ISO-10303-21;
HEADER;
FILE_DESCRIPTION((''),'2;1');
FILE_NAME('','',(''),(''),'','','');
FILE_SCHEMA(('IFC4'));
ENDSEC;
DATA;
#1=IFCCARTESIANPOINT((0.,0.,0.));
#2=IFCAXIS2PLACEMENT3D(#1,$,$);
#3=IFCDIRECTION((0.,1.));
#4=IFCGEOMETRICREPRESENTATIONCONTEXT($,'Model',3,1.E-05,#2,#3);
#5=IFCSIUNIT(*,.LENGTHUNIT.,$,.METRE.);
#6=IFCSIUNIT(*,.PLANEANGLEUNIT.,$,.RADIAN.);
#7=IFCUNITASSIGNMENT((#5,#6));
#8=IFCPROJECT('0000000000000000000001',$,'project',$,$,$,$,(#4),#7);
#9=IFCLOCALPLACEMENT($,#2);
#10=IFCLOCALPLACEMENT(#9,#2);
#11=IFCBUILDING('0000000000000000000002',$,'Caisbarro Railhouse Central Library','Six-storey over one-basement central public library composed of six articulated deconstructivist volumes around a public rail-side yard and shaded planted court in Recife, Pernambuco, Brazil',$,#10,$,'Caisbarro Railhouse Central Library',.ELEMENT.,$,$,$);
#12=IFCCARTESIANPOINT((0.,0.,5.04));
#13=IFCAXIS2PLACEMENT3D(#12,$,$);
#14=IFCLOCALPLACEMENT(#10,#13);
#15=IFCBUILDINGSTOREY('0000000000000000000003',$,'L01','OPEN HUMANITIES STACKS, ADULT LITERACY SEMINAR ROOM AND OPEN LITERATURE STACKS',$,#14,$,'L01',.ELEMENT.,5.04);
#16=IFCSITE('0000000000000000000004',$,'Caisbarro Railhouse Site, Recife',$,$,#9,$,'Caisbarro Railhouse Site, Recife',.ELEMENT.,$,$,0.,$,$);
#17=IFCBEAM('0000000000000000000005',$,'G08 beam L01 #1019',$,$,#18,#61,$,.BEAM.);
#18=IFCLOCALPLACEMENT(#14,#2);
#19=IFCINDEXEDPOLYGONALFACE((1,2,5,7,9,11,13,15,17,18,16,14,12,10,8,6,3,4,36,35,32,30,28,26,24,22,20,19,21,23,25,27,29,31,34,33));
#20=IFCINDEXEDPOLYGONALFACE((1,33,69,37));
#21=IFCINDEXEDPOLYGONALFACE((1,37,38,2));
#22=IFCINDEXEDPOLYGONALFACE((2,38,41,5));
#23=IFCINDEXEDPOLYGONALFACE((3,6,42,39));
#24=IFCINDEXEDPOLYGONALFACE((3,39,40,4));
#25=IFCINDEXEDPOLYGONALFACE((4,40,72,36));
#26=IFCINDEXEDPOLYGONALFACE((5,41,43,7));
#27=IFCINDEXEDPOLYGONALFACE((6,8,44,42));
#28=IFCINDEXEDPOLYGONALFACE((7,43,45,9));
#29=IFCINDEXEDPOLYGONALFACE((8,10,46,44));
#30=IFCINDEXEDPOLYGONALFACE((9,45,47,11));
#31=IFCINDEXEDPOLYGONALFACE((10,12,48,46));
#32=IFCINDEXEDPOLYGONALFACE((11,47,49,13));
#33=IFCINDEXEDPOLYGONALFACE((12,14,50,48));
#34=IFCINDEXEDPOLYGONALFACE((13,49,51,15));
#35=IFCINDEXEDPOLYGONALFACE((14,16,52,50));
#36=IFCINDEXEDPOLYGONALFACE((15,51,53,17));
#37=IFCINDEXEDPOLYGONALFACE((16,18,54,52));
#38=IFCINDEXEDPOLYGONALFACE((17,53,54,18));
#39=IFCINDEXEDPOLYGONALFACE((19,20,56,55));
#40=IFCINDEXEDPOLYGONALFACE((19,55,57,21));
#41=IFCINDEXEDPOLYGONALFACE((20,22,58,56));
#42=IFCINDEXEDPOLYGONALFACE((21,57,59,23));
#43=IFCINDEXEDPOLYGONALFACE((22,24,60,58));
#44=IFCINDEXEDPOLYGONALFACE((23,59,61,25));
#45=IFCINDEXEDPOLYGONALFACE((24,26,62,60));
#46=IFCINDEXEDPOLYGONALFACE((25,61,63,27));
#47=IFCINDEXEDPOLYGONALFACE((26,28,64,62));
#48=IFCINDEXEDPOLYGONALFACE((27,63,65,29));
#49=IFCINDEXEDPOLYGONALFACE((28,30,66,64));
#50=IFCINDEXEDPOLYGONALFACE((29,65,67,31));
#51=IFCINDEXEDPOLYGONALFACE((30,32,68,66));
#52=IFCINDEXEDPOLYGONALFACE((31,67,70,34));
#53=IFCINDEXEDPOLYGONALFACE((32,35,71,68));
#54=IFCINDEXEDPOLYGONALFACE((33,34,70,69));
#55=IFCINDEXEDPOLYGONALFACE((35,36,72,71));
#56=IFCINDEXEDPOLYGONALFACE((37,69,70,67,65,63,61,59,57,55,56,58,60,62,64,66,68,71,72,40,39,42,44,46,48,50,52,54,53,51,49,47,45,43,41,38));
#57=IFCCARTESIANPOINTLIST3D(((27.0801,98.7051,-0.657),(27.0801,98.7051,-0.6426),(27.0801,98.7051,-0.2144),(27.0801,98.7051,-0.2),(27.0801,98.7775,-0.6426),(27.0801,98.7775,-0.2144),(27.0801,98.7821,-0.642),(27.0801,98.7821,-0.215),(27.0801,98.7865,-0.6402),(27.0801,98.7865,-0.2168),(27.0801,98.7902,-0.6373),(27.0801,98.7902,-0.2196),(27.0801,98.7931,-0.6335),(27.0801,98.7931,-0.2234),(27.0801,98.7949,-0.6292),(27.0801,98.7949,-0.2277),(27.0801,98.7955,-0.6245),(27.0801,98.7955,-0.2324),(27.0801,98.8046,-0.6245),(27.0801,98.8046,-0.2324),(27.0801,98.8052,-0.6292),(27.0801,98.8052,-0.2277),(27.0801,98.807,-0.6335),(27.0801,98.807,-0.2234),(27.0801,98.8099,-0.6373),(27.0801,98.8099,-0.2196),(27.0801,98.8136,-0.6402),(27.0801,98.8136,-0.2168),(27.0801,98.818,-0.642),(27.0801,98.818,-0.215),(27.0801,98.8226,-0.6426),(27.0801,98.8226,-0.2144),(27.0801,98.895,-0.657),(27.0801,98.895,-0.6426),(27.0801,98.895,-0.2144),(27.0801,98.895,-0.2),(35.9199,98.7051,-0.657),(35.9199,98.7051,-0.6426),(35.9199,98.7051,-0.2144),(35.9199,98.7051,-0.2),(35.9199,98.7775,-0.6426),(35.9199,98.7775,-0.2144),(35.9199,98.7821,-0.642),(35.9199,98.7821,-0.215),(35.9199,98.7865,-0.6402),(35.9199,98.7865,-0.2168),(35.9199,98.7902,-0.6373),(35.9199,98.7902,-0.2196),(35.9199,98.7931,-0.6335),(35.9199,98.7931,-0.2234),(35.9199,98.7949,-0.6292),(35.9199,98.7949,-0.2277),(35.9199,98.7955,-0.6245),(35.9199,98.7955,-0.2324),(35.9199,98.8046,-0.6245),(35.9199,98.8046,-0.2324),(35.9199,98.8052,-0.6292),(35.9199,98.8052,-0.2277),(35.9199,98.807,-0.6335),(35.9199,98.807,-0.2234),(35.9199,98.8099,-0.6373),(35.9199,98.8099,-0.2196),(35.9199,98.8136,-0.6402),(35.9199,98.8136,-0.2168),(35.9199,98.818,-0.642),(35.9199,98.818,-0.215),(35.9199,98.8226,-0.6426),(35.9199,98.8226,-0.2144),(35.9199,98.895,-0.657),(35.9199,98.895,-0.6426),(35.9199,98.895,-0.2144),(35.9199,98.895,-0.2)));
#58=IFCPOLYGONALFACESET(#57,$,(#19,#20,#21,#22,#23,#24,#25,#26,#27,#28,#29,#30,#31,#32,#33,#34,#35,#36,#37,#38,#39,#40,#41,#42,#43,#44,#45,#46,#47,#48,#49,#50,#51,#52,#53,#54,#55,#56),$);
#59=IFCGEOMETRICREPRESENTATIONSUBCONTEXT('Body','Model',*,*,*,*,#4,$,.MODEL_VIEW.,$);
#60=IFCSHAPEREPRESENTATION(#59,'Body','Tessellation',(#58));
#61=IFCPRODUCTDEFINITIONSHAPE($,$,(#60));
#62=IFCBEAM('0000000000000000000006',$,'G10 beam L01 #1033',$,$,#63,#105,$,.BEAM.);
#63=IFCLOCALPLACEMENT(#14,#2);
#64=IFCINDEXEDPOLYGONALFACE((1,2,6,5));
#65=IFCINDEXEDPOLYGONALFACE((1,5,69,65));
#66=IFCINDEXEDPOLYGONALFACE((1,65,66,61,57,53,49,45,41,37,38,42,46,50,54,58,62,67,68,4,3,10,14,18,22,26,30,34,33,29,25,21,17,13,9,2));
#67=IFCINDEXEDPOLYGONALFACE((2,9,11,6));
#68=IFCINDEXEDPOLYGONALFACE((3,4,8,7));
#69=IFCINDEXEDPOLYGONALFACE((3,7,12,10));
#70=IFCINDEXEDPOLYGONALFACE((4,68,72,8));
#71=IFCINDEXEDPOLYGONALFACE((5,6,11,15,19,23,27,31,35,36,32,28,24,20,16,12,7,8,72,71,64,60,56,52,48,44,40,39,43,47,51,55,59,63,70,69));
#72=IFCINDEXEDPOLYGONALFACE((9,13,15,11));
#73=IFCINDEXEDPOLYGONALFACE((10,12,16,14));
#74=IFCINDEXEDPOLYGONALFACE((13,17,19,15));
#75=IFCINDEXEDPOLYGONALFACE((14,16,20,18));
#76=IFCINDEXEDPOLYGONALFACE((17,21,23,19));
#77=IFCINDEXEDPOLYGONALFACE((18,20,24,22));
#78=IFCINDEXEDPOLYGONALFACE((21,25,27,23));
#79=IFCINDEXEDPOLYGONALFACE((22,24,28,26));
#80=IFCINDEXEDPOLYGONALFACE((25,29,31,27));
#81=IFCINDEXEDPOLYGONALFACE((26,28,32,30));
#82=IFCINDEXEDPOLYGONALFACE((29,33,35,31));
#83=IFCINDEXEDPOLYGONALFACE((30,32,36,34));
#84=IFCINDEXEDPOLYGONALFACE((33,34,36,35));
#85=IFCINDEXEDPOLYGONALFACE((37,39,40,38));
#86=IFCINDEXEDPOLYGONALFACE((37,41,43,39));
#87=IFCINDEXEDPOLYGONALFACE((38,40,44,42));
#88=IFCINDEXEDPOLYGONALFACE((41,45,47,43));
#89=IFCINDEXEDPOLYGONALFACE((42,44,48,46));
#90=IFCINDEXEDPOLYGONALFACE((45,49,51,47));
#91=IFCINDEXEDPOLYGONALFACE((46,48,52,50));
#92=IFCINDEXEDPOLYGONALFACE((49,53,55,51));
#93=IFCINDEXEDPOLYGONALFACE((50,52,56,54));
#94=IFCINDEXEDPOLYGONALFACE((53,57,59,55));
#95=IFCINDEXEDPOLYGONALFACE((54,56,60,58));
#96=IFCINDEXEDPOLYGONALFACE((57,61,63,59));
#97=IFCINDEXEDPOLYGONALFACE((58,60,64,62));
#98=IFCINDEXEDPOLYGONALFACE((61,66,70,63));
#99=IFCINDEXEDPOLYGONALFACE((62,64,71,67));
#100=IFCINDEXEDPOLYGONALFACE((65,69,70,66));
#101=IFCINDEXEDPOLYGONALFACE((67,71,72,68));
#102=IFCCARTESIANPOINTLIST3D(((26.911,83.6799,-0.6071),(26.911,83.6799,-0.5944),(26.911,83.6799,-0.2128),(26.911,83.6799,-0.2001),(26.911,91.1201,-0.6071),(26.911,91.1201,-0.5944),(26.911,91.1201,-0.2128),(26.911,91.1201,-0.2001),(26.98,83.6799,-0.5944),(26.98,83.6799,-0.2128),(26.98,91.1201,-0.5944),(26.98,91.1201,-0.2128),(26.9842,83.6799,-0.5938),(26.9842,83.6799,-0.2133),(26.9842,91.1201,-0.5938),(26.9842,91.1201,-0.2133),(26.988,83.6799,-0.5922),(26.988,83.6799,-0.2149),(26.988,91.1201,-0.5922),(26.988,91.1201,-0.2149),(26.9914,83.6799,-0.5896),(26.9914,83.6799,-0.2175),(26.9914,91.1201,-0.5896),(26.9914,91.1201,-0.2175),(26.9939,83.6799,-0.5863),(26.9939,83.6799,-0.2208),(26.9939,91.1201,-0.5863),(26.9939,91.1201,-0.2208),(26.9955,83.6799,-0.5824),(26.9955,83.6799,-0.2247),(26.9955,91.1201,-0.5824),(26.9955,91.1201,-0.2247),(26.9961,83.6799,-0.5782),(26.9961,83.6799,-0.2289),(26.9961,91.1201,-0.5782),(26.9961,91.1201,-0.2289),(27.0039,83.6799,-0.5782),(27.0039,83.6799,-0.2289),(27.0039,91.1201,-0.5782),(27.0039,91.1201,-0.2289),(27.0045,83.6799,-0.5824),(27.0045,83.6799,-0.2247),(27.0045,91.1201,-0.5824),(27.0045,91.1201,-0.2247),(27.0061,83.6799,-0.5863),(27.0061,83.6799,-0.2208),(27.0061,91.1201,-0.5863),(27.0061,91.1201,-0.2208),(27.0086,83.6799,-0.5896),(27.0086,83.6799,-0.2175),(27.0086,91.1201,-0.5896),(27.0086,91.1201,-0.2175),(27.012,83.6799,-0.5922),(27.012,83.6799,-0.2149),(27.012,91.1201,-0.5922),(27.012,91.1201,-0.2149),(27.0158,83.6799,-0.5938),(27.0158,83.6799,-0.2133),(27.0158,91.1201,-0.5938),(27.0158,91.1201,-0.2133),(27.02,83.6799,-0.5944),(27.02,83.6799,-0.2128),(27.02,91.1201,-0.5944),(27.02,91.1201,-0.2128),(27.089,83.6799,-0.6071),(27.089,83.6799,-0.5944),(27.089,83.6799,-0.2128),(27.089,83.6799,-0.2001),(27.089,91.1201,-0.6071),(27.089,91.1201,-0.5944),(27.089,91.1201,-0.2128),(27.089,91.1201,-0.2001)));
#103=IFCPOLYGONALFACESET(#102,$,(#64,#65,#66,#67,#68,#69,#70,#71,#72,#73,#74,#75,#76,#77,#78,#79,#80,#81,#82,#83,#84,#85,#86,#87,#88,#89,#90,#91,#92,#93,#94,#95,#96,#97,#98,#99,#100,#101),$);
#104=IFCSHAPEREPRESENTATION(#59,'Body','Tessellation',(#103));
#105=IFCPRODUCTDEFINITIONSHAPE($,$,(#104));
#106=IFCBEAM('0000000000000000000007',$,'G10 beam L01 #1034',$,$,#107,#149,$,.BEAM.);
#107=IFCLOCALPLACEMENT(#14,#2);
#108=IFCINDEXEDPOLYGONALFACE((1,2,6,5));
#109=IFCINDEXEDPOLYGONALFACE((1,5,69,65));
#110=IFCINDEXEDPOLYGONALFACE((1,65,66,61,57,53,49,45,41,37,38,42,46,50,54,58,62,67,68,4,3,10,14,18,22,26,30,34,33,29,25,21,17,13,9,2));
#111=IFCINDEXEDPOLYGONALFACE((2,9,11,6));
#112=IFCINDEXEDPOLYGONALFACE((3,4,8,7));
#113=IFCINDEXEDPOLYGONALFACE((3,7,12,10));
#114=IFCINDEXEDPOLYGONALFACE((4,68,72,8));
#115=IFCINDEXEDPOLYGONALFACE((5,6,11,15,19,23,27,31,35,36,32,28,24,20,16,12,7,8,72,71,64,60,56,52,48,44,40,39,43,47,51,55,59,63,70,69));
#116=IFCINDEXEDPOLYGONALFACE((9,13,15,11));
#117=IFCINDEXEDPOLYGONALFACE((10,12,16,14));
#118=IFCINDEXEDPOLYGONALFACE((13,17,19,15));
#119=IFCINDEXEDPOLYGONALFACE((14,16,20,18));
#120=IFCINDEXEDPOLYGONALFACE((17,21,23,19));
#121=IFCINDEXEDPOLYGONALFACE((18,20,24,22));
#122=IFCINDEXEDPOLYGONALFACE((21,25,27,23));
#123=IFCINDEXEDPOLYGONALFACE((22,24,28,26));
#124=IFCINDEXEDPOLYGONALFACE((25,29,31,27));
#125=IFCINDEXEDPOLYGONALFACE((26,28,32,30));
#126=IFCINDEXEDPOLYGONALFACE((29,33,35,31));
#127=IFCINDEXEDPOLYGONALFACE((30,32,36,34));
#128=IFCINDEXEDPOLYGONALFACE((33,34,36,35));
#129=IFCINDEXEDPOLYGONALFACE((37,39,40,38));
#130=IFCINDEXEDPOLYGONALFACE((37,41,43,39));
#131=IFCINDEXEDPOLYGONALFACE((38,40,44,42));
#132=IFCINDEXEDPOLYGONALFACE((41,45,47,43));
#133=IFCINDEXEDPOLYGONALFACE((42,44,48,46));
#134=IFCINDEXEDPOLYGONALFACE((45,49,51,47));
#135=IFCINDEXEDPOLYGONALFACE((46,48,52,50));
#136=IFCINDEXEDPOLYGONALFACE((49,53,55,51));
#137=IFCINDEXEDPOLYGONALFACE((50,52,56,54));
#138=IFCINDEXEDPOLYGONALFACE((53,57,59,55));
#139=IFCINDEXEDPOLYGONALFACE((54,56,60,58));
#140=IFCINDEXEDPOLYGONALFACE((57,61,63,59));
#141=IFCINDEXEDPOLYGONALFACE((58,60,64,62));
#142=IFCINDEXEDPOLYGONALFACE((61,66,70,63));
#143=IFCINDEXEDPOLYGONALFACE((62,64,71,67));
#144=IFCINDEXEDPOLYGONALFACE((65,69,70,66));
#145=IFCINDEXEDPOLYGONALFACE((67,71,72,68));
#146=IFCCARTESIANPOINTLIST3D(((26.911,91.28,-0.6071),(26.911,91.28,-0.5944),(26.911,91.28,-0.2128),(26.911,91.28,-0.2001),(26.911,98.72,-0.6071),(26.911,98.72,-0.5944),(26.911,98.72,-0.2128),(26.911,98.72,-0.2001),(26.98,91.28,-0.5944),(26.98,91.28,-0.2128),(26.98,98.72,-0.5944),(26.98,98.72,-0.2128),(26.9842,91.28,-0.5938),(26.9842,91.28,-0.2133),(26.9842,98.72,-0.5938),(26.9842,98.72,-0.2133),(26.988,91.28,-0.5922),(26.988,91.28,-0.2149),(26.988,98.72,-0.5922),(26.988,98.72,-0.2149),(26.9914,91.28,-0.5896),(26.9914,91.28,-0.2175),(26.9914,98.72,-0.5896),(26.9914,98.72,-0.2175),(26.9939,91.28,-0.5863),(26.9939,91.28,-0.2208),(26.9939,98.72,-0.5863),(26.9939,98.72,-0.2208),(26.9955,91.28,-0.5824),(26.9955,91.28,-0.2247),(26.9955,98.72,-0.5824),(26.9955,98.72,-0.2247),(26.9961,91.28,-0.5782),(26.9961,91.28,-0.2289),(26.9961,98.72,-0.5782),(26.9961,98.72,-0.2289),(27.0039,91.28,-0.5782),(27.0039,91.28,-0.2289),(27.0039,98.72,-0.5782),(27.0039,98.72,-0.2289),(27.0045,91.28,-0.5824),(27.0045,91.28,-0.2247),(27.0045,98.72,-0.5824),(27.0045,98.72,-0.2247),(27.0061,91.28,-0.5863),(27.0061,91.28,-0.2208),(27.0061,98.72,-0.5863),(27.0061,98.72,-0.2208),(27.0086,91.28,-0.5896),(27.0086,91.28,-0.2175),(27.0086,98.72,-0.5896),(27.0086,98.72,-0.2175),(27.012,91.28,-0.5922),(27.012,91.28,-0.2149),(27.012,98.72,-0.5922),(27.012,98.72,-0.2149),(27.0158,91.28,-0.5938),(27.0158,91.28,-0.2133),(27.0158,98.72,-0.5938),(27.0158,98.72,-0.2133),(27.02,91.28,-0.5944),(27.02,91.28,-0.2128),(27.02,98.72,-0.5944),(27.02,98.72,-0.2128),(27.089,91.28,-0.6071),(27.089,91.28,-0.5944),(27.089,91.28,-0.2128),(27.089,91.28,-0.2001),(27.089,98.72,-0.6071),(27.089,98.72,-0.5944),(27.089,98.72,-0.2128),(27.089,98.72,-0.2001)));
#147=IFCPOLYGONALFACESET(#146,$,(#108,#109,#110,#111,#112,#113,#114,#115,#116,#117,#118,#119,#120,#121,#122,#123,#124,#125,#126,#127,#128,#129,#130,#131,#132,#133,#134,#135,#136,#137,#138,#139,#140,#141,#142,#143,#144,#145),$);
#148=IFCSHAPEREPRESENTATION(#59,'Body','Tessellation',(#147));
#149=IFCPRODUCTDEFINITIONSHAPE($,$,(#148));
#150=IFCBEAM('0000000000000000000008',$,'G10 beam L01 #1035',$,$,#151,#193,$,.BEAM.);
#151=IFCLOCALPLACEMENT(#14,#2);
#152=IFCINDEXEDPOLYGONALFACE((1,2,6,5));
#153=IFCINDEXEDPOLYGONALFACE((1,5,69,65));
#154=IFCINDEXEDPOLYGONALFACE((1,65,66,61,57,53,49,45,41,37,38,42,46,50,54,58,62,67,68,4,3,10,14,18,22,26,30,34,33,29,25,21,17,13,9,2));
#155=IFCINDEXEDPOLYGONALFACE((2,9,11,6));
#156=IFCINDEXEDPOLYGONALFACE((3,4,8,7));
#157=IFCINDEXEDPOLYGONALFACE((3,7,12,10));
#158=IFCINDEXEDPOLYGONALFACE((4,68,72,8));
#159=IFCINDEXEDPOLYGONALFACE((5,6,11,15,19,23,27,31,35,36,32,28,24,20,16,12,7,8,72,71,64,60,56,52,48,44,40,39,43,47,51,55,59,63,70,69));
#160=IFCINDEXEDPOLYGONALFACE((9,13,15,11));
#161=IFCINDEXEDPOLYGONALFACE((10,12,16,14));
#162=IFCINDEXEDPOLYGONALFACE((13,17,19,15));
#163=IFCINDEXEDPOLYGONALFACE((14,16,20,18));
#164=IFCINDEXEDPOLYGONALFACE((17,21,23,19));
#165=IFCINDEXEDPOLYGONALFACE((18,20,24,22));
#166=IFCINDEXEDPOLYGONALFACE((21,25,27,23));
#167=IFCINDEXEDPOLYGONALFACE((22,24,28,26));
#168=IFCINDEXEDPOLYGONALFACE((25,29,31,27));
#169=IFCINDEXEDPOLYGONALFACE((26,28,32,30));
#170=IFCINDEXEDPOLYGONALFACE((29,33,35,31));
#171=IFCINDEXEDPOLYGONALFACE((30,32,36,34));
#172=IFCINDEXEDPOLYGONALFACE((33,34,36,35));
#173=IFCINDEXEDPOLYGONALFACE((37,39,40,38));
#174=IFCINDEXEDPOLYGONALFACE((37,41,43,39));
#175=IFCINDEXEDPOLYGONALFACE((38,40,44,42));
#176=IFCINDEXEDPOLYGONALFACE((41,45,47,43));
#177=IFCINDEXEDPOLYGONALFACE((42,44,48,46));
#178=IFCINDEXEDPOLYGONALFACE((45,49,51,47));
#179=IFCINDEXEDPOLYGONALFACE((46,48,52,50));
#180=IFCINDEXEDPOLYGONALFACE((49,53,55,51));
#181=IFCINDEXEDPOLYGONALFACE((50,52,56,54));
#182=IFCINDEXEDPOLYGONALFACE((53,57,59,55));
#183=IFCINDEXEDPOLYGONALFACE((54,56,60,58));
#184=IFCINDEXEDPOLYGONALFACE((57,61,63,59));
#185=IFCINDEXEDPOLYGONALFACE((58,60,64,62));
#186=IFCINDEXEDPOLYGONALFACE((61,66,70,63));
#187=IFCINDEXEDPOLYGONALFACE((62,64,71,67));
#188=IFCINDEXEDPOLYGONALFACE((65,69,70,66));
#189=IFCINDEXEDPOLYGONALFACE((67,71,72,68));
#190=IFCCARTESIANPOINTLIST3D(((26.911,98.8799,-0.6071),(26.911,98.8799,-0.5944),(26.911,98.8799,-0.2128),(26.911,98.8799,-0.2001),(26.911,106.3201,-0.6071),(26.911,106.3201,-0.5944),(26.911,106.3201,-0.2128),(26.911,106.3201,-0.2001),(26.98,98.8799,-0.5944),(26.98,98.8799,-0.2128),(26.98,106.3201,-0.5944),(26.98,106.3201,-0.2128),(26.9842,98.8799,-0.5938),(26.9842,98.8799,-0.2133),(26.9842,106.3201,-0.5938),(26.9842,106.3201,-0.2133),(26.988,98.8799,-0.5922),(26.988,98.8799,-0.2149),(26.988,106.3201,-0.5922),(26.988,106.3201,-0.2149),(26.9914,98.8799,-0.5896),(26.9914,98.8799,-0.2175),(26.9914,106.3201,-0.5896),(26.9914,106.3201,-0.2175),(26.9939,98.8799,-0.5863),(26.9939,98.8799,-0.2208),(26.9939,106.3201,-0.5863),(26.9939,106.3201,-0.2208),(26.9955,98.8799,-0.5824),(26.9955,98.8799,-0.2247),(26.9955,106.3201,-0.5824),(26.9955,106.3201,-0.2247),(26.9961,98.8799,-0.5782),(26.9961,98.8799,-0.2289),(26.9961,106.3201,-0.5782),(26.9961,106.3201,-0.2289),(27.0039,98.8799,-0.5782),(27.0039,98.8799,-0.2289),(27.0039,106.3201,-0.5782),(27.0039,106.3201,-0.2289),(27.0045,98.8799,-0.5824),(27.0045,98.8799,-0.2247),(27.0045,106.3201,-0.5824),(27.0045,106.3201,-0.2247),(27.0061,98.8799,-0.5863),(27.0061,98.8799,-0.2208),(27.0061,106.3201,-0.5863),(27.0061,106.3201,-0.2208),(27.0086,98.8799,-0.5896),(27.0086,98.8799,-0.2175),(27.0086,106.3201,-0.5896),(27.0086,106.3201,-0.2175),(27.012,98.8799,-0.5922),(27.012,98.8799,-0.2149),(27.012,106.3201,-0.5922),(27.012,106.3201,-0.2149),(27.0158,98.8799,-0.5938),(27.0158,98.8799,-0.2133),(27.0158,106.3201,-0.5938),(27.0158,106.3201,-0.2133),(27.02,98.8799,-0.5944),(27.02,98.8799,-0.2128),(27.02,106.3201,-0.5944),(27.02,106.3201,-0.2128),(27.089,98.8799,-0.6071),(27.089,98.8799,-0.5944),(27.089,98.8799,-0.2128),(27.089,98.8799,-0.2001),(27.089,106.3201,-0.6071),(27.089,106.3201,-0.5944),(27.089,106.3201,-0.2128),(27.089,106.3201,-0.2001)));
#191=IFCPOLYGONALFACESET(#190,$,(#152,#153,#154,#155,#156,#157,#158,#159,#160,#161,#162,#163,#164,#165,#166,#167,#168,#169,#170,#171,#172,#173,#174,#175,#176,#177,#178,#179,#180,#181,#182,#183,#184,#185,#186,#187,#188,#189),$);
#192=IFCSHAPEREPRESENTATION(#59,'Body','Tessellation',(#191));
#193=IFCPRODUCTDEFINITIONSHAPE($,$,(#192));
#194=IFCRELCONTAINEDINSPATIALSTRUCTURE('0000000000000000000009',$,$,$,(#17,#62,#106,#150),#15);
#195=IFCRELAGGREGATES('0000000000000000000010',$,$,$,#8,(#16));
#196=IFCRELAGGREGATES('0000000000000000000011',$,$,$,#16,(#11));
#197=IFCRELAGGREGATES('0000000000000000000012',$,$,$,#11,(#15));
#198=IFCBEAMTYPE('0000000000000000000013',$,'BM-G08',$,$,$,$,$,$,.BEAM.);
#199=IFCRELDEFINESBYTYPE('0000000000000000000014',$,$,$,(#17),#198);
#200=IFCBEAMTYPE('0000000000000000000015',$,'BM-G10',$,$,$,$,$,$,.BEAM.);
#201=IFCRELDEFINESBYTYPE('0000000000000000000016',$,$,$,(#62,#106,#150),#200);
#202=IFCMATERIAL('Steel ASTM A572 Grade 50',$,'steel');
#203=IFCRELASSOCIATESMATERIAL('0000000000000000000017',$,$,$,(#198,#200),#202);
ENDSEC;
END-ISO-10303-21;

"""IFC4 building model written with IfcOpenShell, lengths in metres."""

from ifc_helpers import new_model, si_unit, direction, frame, origin, origin_2d, place, context, subcontext, project, spatial, i_section, extrude, material, material_profile, profile_set, type_object, element, save


model = new_model("IFC4")

# Units and contexts
model_context = context("Model", 3, precision=1e-05, world=origin(), true_north=direction((0.0, 1.0)))
body_context = subcontext(model_context, "Body", "Model", "MODEL_VIEW")
ifc_project = project(units=[si_unit("LENGTHUNIT", "METRE"), si_unit("PLANEANGLEUNIT", "RADIAN")], contexts=[model_context])

# Site, building, storey
site_placement = place(None, origin())
site = spatial("IfcSite", under=ifc_project, at=site_placement, Name="Caisbarro Railhouse Site, Recife", LongName="Caisbarro Railhouse Site, Recife", CompositionType="ELEMENT", RefElevation=0.0)
building_placement = place(site_placement, origin())
building = spatial("IfcBuilding", under=site, at=building_placement, Name="Caisbarro Railhouse Central Library", Description="Six-storey over one-basement central public library composed of six articulated deconstructivist volumes around a public rail-side yard and shaded planted court in Recife, Pernambuco, Brazil", LongName="Caisbarro Railhouse Central Library", CompositionType="ELEMENT")
storey_placement = place(building_placement, frame((0.0, 0.0, 5.04)))
storey = spatial("IfcBuildingStorey", under=building, at=storey_placement, Name="L01", Description="OPEN HUMANITIES STACKS, ADULT LITERACY SEMINAR ROOM AND OPEN LITERATURE STACKS", LongName="L01", CompositionType="ELEMENT", Elevation=5.04)

# Shared definitions
ifc_material_1 = material(Name="Steel ASTM A572 Grade 50", Category="steel")

# Beams
ifc_material_profile_1 = material_profile(ifc_material_1, i_section(OverallWidth=0.1899, OverallDepth=0.457, WebThickness=0.009, FlangeThickness=0.0144, FilletRadius=0.0181, at=origin_2d()), Name="W460X74.0")
ifc_profile_set_1 = profile_set([ifc_material_profile_1], Name="Steel ASTM A572 Grade 50")
beam_type_1 = type_object("IfcBeamType", Name="BM-G08", PredefinedType="BEAM", material=ifc_profile_set_1)
for number, where, z_axis, x_axis, name in (
    (1, (27.0801, 98.8, -0.4285), (1.0, 0.0, 0.0), (0.0, 1.0, 0.0), "G08 beam L01 #1019"),
):
    element("IfcBeam", number, at=place(storey_placement, frame(where, z_axis=z_axis, x_axis=x_axis)), inside=storey, type_object=beam_type_1, Name=name, PredefinedType="BEAM", context=body_context, shape_type="SweptSolid", body=[
        extrude(i_section(OverallWidth=0.1899, OverallDepth=0.457, WebThickness=0.009, FlangeThickness=0.0144, FilletRadius=0.0181, at=origin_2d()), origin(), (0.0, 0.0, 1.0), 8.8398),
    ])
ifc_material_profile_2 = material_profile(ifc_material_1, i_section(OverallWidth=0.178, OverallDepth=0.407, WebThickness=0.0078, FlangeThickness=0.0127, FilletRadius=0.0161, at=origin_2d()), Name="W410X60.0")
ifc_profile_set_2 = profile_set([ifc_material_profile_2], Name="Steel ASTM A572 Grade 50")
beam_type_2 = type_object("IfcBeamType", Name="BM-G10", PredefinedType="BEAM", material=ifc_profile_set_2)
beam_1_placement = place(storey_placement, frame((27.0, 83.6799, -0.4036), z_axis=(0.0, 1.0, 0.0), x_axis=(-1.0, 0.0, 0.0)))
element("IfcBeam", 2, at=beam_1_placement, inside=storey, type_object=beam_type_2, Name="G10 beam L01 #1033", PredefinedType="BEAM", context=body_context, shape_type="SweptSolid", body=[
    extrude(i_section(OverallWidth=0.178, OverallDepth=0.407, WebThickness=0.0078, FlangeThickness=0.0127, FilletRadius=0.0161, at=origin_2d()), origin(), (0.0, 0.0, 1.0), 7.4402),
])
beam_2_placement = place(storey_placement, frame((27.0, 91.28, -0.4036), z_axis=(0.0, 1.0, 0.0), x_axis=(-1.0, 0.0, 0.0)))
element("IfcBeam", 3, at=beam_2_placement, inside=storey, type_object=beam_type_2, Name="G10 beam L01 #1034", PredefinedType="BEAM", context=body_context, shape_type="SweptSolid", body=[
    extrude(i_section(OverallWidth=0.178, OverallDepth=0.407, WebThickness=0.0078, FlangeThickness=0.0127, FilletRadius=0.0161, at=origin_2d()), origin(), (0.0, 0.0, 1.0), 7.4399),
])
beam_3_placement = place(storey_placement, frame((27.0, 98.8799, -0.4036), z_axis=(0.0, 1.0, 0.0), x_axis=(-1.0, 0.0, 0.0)))
element("IfcBeam", 4, at=beam_3_placement, inside=storey, type_object=beam_type_2, Name="G10 beam L01 #1035", PredefinedType="BEAM", context=body_context, shape_type="SweptSolid", body=[
    extrude(i_section(OverallWidth=0.178, OverallDepth=0.407, WebThickness=0.0078, FlangeThickness=0.0127, FilletRadius=0.0161, at=origin_2d()), origin(), (0.0, 0.0, 1.0), 7.4402),
])

save(model, "model.ifc")
